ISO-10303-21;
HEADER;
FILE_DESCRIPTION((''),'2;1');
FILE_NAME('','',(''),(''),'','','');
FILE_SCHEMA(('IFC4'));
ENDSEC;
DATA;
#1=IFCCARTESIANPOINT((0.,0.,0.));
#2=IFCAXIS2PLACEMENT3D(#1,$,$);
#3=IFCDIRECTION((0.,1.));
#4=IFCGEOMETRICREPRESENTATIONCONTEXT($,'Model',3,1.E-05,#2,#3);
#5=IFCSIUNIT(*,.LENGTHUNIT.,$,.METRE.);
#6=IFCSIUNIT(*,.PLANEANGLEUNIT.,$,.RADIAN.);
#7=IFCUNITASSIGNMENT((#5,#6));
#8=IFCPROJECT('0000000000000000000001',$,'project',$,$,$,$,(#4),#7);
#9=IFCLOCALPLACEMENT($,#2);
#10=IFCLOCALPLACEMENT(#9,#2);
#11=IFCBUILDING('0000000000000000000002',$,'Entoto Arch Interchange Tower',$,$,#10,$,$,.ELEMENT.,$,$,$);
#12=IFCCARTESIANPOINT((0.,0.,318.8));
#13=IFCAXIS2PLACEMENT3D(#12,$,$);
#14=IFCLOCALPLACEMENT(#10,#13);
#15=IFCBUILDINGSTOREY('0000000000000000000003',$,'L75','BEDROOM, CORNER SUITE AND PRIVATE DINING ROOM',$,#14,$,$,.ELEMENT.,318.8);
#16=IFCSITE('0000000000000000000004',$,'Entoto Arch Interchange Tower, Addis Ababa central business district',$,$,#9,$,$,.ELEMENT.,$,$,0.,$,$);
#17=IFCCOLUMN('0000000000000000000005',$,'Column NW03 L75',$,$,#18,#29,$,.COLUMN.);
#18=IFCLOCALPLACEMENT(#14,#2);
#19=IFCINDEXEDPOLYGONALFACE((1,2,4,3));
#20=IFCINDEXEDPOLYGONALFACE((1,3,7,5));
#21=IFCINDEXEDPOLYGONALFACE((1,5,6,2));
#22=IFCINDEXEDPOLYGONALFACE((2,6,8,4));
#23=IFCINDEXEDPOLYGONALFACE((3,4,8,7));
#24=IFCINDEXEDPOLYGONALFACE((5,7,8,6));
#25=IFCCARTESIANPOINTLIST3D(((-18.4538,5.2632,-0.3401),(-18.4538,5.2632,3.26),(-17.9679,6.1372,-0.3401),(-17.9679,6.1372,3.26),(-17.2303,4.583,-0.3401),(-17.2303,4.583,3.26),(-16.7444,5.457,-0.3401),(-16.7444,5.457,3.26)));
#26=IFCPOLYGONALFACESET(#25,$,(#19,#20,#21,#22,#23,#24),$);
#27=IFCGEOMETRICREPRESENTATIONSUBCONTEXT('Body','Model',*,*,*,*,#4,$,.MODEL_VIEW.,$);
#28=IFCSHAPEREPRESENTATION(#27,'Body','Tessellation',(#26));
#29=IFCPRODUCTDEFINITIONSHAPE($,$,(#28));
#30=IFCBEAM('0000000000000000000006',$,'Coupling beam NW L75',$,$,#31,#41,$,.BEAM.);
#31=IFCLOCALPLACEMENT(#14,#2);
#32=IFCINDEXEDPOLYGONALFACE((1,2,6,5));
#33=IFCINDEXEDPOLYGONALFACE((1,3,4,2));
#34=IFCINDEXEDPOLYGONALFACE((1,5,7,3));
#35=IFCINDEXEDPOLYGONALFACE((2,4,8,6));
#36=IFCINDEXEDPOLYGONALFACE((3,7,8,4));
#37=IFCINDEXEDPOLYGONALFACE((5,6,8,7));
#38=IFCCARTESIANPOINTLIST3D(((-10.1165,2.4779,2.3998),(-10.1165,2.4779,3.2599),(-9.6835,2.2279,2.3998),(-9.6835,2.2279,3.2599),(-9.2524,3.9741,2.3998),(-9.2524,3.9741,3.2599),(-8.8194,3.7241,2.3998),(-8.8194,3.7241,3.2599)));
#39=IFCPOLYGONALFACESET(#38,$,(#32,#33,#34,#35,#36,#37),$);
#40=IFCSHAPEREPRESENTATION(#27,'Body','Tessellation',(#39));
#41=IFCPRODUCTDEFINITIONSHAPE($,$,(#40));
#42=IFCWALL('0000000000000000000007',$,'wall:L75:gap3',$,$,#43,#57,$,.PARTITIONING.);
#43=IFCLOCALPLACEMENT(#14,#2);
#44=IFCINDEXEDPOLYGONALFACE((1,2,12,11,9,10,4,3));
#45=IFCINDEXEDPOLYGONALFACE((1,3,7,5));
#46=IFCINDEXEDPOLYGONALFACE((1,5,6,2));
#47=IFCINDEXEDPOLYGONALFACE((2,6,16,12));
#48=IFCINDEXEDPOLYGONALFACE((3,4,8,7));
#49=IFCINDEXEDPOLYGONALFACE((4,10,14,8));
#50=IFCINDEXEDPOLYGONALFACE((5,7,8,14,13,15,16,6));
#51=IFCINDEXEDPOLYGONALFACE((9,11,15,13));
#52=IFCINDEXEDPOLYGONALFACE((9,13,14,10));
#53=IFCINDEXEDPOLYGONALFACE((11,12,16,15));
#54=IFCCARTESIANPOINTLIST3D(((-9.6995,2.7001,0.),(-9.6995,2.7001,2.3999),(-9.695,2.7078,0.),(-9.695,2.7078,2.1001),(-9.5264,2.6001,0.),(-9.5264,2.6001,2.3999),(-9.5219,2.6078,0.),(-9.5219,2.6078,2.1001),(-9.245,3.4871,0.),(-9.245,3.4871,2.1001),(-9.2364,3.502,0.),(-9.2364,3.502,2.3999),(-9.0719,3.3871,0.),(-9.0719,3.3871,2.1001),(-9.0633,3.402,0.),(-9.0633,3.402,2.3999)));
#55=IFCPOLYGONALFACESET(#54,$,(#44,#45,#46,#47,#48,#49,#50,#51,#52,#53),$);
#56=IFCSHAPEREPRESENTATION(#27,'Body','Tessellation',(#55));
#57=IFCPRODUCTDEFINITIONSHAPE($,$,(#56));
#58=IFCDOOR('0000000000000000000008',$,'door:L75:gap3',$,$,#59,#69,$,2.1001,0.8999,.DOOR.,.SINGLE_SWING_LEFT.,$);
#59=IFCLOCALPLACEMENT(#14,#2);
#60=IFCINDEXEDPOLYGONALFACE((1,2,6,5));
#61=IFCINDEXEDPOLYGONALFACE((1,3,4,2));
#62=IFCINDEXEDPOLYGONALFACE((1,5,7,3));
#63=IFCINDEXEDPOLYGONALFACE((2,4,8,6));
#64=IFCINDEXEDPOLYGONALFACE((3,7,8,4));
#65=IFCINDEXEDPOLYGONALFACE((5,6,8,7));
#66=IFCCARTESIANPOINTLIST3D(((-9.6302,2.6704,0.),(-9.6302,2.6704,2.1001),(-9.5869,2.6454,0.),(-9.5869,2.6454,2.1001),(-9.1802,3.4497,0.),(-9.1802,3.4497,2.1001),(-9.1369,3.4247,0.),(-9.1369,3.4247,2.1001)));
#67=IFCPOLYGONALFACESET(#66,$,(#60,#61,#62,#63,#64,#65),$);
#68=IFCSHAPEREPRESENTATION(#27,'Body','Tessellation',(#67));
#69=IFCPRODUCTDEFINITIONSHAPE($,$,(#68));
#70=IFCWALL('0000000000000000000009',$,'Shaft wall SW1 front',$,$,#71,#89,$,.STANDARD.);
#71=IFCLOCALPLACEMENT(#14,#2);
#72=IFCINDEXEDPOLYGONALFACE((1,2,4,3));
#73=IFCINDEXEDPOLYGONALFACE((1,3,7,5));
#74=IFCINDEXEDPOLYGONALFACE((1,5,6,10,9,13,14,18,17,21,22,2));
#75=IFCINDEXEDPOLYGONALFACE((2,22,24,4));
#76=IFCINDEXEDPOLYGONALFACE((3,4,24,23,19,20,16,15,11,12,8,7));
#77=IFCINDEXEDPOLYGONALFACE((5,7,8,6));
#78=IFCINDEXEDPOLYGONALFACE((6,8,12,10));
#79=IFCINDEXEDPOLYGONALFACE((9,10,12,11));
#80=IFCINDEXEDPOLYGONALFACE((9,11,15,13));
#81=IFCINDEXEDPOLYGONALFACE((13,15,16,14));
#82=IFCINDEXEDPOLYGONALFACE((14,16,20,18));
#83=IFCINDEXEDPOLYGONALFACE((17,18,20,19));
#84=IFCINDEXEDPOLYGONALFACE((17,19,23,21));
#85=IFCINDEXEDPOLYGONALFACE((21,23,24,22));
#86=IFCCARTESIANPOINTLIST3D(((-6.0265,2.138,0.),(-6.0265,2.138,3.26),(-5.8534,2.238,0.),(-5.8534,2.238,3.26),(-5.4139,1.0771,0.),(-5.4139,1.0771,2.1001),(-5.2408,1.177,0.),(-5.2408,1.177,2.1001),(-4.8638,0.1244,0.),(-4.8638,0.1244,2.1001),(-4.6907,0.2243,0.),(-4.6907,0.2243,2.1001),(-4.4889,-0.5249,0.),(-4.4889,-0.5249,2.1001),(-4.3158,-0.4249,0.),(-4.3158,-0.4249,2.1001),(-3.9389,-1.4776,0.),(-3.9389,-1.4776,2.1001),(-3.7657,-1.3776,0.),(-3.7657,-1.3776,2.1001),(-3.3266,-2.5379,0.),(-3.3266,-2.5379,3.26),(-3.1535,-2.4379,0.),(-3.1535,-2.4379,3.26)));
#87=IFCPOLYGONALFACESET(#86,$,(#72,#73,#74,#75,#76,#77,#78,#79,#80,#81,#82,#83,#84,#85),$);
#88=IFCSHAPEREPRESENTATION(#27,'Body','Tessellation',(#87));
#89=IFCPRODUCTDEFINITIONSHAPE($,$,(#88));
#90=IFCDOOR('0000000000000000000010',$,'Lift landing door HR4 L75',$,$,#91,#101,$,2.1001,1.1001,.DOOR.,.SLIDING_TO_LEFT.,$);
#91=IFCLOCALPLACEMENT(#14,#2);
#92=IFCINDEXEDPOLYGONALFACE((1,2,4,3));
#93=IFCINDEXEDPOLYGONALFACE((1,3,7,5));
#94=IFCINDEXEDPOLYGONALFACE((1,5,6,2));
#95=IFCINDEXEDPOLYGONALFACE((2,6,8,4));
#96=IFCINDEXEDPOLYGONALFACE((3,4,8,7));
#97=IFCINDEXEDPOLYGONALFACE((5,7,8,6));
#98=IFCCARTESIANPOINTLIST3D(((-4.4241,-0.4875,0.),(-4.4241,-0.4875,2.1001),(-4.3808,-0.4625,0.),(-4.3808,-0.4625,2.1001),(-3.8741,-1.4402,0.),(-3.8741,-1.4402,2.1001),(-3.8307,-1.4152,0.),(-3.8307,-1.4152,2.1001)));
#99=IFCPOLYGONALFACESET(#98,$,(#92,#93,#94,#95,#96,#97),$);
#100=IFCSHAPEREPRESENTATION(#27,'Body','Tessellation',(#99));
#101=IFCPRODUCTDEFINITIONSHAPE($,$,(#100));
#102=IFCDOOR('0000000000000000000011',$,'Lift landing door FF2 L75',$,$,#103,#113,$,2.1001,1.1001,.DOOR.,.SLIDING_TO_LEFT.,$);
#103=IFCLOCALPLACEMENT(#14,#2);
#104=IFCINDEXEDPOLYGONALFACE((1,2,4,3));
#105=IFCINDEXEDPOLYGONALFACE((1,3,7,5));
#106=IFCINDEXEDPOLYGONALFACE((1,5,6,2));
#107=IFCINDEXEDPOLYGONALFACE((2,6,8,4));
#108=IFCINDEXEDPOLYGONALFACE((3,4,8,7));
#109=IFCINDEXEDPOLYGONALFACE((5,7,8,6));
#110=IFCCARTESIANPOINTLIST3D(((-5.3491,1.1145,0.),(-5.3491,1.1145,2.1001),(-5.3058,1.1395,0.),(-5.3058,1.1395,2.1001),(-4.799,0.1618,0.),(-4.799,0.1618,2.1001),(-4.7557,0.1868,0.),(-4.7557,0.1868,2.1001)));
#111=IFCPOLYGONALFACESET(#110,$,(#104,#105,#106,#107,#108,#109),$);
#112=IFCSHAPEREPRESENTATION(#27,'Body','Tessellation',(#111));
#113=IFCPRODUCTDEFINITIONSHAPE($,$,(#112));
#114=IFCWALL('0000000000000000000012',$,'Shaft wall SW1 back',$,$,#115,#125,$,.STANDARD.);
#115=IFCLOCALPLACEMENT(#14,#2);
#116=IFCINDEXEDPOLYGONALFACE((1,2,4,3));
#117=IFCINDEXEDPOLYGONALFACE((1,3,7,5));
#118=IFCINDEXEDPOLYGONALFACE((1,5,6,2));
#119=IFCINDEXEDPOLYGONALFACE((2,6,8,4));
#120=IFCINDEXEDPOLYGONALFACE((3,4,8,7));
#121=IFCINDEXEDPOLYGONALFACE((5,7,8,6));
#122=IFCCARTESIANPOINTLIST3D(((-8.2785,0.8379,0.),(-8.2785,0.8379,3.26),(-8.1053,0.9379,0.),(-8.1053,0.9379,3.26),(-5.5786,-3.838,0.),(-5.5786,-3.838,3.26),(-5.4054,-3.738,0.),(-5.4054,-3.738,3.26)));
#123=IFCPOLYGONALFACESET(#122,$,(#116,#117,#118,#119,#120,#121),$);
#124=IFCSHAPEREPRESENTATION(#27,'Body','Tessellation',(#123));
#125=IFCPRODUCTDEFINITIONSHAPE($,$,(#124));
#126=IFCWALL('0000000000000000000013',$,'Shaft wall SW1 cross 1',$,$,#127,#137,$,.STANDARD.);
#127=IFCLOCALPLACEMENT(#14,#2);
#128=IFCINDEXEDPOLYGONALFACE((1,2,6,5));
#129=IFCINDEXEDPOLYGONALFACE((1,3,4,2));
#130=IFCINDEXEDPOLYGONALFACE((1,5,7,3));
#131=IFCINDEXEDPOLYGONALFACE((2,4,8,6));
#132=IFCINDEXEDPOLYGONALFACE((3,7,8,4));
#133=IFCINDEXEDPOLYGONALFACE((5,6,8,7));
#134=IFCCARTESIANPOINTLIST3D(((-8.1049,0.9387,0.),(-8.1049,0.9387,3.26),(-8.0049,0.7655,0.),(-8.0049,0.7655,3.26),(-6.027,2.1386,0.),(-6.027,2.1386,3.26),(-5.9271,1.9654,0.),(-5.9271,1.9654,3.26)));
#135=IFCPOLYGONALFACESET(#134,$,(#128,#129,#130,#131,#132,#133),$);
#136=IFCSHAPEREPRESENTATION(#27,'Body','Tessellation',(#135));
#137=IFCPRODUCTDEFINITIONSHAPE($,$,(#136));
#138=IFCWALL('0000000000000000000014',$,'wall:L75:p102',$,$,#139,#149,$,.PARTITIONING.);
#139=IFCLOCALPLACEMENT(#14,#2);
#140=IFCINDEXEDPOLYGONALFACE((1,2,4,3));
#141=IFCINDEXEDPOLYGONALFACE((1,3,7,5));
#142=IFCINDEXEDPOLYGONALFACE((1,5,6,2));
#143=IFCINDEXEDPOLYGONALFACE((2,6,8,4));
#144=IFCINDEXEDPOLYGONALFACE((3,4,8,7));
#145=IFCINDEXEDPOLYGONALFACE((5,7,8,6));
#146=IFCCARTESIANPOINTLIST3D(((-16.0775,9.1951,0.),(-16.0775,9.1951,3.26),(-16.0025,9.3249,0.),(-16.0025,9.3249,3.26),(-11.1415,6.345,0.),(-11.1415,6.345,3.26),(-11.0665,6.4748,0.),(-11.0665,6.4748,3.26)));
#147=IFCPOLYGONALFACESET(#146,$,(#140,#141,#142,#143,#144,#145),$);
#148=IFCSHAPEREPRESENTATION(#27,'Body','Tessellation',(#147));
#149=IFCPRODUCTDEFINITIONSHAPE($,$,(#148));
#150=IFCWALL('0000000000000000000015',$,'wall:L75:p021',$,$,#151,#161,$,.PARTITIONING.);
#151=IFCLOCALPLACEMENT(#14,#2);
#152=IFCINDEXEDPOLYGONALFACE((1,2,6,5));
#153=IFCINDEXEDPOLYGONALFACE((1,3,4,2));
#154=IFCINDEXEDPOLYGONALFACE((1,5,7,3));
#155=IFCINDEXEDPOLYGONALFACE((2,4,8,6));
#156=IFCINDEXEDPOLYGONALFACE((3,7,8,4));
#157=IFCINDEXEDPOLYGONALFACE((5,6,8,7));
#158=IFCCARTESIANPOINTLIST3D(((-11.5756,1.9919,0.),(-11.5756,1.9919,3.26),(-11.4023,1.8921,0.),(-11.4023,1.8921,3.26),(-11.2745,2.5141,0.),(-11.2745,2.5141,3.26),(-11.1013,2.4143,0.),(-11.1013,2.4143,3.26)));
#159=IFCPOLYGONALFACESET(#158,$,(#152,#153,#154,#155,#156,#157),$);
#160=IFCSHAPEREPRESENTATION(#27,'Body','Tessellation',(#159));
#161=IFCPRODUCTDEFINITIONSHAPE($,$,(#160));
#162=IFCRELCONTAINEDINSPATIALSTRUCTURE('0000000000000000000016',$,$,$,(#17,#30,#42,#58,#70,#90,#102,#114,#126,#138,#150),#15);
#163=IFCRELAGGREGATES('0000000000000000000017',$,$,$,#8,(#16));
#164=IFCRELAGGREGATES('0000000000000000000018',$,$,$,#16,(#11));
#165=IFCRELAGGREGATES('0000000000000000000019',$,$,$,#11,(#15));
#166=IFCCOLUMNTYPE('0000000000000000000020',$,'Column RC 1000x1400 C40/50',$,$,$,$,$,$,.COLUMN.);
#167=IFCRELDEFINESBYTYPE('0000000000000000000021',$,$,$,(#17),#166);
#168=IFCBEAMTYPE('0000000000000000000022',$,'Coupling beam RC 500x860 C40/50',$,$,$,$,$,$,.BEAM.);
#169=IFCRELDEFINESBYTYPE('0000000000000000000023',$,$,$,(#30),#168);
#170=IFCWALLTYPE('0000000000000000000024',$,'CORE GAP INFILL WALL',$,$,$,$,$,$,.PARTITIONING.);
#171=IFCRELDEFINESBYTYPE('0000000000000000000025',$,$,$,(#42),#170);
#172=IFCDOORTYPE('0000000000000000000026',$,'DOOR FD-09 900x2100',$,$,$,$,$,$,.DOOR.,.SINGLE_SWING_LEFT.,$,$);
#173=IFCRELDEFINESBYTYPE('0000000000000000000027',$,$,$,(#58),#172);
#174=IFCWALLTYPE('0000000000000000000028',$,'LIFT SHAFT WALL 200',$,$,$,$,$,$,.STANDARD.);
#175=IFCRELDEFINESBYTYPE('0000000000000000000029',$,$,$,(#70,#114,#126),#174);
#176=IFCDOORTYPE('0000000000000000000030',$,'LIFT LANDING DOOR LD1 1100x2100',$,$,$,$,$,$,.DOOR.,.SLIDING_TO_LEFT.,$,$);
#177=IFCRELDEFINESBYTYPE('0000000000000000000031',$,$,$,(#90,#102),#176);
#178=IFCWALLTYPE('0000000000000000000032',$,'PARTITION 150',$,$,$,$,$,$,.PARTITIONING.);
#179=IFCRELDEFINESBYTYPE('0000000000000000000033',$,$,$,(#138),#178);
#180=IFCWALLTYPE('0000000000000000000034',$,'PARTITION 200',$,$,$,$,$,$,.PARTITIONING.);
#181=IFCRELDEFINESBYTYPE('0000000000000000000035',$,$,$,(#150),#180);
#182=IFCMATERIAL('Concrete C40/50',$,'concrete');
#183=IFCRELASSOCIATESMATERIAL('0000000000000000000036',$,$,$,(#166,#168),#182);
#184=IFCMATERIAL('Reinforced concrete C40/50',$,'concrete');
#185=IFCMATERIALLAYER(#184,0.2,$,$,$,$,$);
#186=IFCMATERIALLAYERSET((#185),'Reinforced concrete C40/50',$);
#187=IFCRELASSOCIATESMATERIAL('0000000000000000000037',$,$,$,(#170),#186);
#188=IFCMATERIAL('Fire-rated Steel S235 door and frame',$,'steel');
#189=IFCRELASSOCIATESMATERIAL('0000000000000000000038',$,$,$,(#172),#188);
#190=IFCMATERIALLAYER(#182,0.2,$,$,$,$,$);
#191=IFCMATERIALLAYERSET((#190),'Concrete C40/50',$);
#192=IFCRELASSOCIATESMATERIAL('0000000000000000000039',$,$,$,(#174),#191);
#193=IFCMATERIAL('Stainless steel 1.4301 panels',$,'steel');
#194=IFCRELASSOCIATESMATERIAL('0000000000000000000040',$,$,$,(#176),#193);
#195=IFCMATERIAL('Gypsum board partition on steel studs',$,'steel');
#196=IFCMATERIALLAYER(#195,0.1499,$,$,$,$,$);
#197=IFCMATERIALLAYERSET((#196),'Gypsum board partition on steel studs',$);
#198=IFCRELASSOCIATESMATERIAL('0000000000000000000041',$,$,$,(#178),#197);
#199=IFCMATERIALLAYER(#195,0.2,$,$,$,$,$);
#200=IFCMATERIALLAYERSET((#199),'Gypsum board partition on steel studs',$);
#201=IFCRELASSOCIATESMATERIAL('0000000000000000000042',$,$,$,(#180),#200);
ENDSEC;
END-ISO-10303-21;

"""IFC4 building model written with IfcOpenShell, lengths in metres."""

from ifc_helpers import new_model, si_unit, direction, frame, frame_2d, origin, origin_2d, place, context, subcontext, project, spatial, rectangle, extrude, material, layer, layer_set, material_profile, profile_set, type_object, element, fill, save


model = new_model("IFC4")

# Units and contexts
model_context = context("Model", 3, precision=1e-05, world=origin(), true_north=direction((0.0, 1.0)))
body_context = subcontext(model_context, "Body", "Model", "MODEL_VIEW")
ifc_project = project(units=[si_unit("LENGTHUNIT", "METRE"), si_unit("PLANEANGLEUNIT", "RADIAN")], contexts=[model_context])

# Site, building, storey
site_placement = place(None, origin())
site = spatial("IfcSite", under=ifc_project, at=site_placement, Name="Entoto Arch Interchange Tower, Addis Ababa central business district", CompositionType="ELEMENT", RefElevation=0.0)
building_placement = place(site_placement, origin())
building = spatial("IfcBuilding", under=site, at=building_placement, Name="Entoto Arch Interchange Tower", CompositionType="ELEMENT")
storey_placement = place(building_placement, frame((0.0, 0.0, 318.8)))
storey = spatial("IfcBuildingStorey", under=building, at=storey_placement, Name="L75", Description="BEDROOM, CORNER SUITE AND PRIVATE DINING ROOM", CompositionType="ELEMENT", Elevation=318.8)

# Column
ifc_material_1 = material(Name="Concrete C40/50", Category="concrete")
ifc_material_profile_1 = material_profile(ifc_material_1, rectangle(XDim=1.0, YDim=1.3999, at=origin_2d()))
ifc_profile_set_1 = profile_set([ifc_material_profile_1], Name="Concrete C40/50")
column_type = type_object("IfcColumnType", Name="Column RC 1000x1400 C40/50", PredefinedType="COLUMN", material=ifc_profile_set_1)
column_placement = place(storey_placement, frame((-17.5991, 5.3601, -0.3401), z_axis=(0.0, 0.0, 1.0), x_axis=(0.485924, 0.874001, 0.0)))
element("IfcColumn", 1, at=column_placement, inside=storey, type_object=column_type, Name="Column NW03 L75", PredefinedType="COLUMN", context=body_context, shape_type="SweptSolid", body=[
    extrude(rectangle(XDim=1.0, YDim=1.3999, at=origin_2d()), origin(), (0.0, 0.0, 1.0), 3.6001),
])

# Beam
ifc_material_profile_2 = material_profile(ifc_material_1, rectangle(XDim=0.5, YDim=0.8601, at=origin_2d()))
ifc_profile_set_2 = profile_set([ifc_material_profile_2], Name="Concrete C40/50")
beam_type = type_object("IfcBeamType", Name="Coupling beam RC 500x860 C40/50", PredefinedType="BEAM", material=ifc_profile_set_2)
beam_placement = place(storey_placement, frame((-9.0359, 3.8491, 2.8298), z_axis=(-0.500106, -0.865964, 0.0), x_axis=(0.865964, -0.500106, 0.0)))
element("IfcBeam", 2, at=beam_placement, inside=storey, type_object=beam_type, Name="Coupling beam NW L75", PredefinedType="BEAM", context=body_context, shape_type="SweptSolid", body=[
    extrude(rectangle(XDim=0.5, YDim=0.8601, at=origin_2d()), origin(), (0.0, 0.0, 1.0), 1.7278),
])

# Wall, opening, door
ifc_material_2 = material(Name="Reinforced concrete C40/50", Category="concrete")
ifc_layer_1 = layer(ifc_material_2, 0.2)
ifc_layer_set_1 = layer_set([ifc_layer_1], Name="Reinforced concrete C40/50")
wall_type_1 = type_object("IfcWallType", Name="CORE GAP INFILL WALL", PredefinedType="PARTITIONING", material=ifc_layer_set_1)
wall_1_placement = place(storey_placement, frame((-9.1499, 3.4519, 0.0), z_axis=(0.0, 0.0, 1.0), x_axis=(-0.50008, -0.865979, 0.0)))
wall_1 = element("IfcWall", 3, at=wall_1_placement, inside=storey, type_object=wall_type_1, Name="wall:L75:gap3", PredefinedType="PARTITIONING", context=body_context, shape_type="SweptSolid", body=[
    extrude(rectangle(XDim=0.926, YDim=0.2, at=frame_2d((0.4629, 0.0))), origin(), (0.0, 0.0, 1.0), 2.3999),
])
opening_1_placement = place(wall_1_placement, frame((0.0171, 0.0, 0.0)))
opening_1 = element("IfcOpeningElement", 4, at=opening_1_placement, cuts=wall_1, PredefinedType="OPENING", context=body_context, shape_type="SweptSolid", body=[
    extrude(rectangle(XDim=0.8999, YDim=2.1001, at=frame_2d((0.45, 1.05))), frame((0.0, 0.1099, 0.0), z_axis=(0.0, -1.0, 0.0), x_axis=(1.0, 0.0, 0.0)), (0.0, 0.0, 1.0), 0.22),
])
ifc_material_3 = material(Name="Fire-rated Steel S235 door and frame", Category="steel")
door_type_1 = type_object("IfcDoorType", Name="DOOR FD-09 900x2100", OperationType="SINGLE_SWING_LEFT", PredefinedType="DOOR", material=ifc_material_3)
door_1_placement = place(opening_1_placement, origin())
door_1 = element("IfcDoor", 5, at=door_1_placement, inside=storey, type_object=door_type_1, Name="door:L75:gap3", OperationType="SINGLE_SWING_LEFT", OverallHeight=2.1001, OverallWidth=0.8999, PredefinedType="DOOR", context=body_context, shape_type="SweptSolid", body=[
    extrude(rectangle(XDim=0.8999, YDim=2.1001, at=frame_2d((0.45, 1.05))), frame((0.0, 0.0249, 0.0), z_axis=(0.0, -1.0, 0.0), x_axis=(1.0, 0.0, 0.0)), (0.0, 0.0, 1.0), 0.05),
])
fill(opening_1, door_1)

# Wall, openings, doors
ifc_layer_2 = layer(ifc_material_1, 0.2)
ifc_layer_set_2 = layer_set([ifc_layer_2], Name="Concrete C40/50")
wall_type_2 = type_object("IfcWallType", Name="LIFT SHAFT WALL 200", PredefinedType="STANDARD", material=ifc_layer_set_2)
wall_2_placement = place(storey_placement, frame((-5.9399, 2.188, 0.0), z_axis=(0.0, 0.0, 1.0), x_axis=(0.500034, -0.866006, 0.0)))
wall_2 = element("IfcWall", 6, at=wall_2_placement, inside=storey, type_object=wall_type_2, Name="Shaft wall SW1 front", PredefinedType="STANDARD", context=body_context, shape_type="SweptSolid", body=[
    extrude(rectangle(XDim=5.3994, YDim=0.2, at=frame_2d((2.6997, 0.0))), origin(), (0.0, 0.0, 1.0), 3.26),
])
opening_2_placement = place(wall_2_placement, frame((3.075, 0.0, 0.0)))
opening_2 = element("IfcOpeningElement", 7, at=opening_2_placement, cuts=wall_2, PredefinedType="OPENING", context=body_context, shape_type="SweptSolid", body=[
    extrude(rectangle(XDim=1.1001, YDim=2.1001, at=frame_2d((0.55, 1.05))), frame((0.0, 0.1099, 0.0), z_axis=(0.0, -1.0, 0.0), x_axis=(1.0, 0.0, 0.0)), (0.0, 0.0, 1.0), 0.22),
])
opening_3_placement = place(wall_2_placement, frame((1.2251, 0.0, 0.0)))
opening_3 = element("IfcOpeningElement", 8, at=opening_3_placement, cuts=wall_2, PredefinedType="OPENING", context=body_context, shape_type="SweptSolid", body=[
    extrude(rectangle(XDim=1.1001, YDim=2.1001, at=frame_2d((0.55, 1.05))), frame((0.0, 0.1099, 0.0), z_axis=(0.0, -1.0, 0.0), x_axis=(1.0, 0.0, 0.0)), (0.0, 0.0, 1.0), 0.22),
])
ifc_material_4 = material(Name="Stainless steel 1.4301 panels", Category="steel")
door_type_2 = type_object("IfcDoorType", Name="LIFT LANDING DOOR LD1 1100x2100", OperationType="SLIDING_TO_LEFT", PredefinedType="DOOR", material=ifc_material_4)
door_2_placement = place(opening_2_placement, origin())
door_2 = element("IfcDoor", 9, at=door_2_placement, inside=storey, type_object=door_type_2, Name="Lift landing door HR4 L75", OperationType="SLIDING_TO_LEFT", OverallHeight=2.1001, OverallWidth=1.1001, PredefinedType="DOOR", context=body_context, shape_type="SweptSolid", body=[
    extrude(rectangle(XDim=1.1001, YDim=2.1001, at=frame_2d((0.55, 1.05))), frame((0.0, 0.0249, 0.0), z_axis=(0.0, -1.0, 0.0), x_axis=(1.0, 0.0, 0.0)), (0.0, 0.0, 1.0), 0.05),
])
fill(opening_2, door_2)
door_3_placement = place(opening_3_placement, origin())
door_3 = element("IfcDoor", 10, at=door_3_placement, inside=storey, type_object=door_type_2, Name="Lift landing door FF2 L75", OperationType="SLIDING_TO_LEFT", OverallHeight=2.1001, OverallWidth=1.1001, PredefinedType="DOOR", context=body_context, shape_type="SweptSolid", body=[
    extrude(rectangle(XDim=1.1001, YDim=2.1001, at=frame_2d((0.55, 1.05))), frame((0.0, 0.0249, 0.0), z_axis=(0.0, -1.0, 0.0), x_axis=(1.0, 0.0, 0.0)), (0.0, 0.0, 1.0), 0.05),
])
fill(opening_3, door_3)

# Walls
wall_3_placement = place(storey_placement, frame((-8.1919, 0.8879, 0.0), z_axis=(0.0, 0.0, 1.0), x_axis=(0.500034, -0.866006, 0.0)))
element("IfcWall", 11, at=wall_3_placement, inside=storey, type_object=wall_type_2, Name="Shaft wall SW1 back", PredefinedType="STANDARD", context=body_context, shape_type="SweptSolid", body=[
    extrude(rectangle(XDim=5.3994, YDim=0.2, at=frame_2d((2.6997, 0.0))), origin(), (0.0, 0.0, 1.0), 3.26),
])
wall_4_placement = place(storey_placement, frame((-5.9771, 2.052, 0.0), z_axis=(0.0, 0.0, 1.0), x_axis=(-0.865974, -0.500089, 0.0)))
element("IfcWall", 12, at=wall_4_placement, inside=storey, type_object=wall_type_2, Name="Shaft wall SW1 cross 1", PredefinedType="STANDARD", context=body_context, shape_type="SweptSolid", body=[
    extrude(rectangle(XDim=2.3994, YDim=0.2, at=frame_2d((1.1997, 0.0))), origin(), (0.0, 0.0, 1.0), 3.26),
])
ifc_material_5 = material(Name="Gypsum board partition on steel studs", Category="steel")
ifc_layer_3 = layer(ifc_material_5, 0.1499)
ifc_layer_set_3 = layer_set([ifc_layer_3], Name="Gypsum board partition on steel studs")
wall_type_3 = type_object("IfcWallType", Name="PARTITION 150", PredefinedType="PARTITIONING", material=ifc_layer_set_3)
wall_5_placement = place(storey_placement, frame((-11.104, 6.4099, 0.0), z_axis=(0.0, 0.0, 1.0), x_axis=(-0.866004, 0.500036, 0.0)))
element("IfcWall", 13, at=wall_5_placement, inside=storey, type_object=wall_type_3, Name="wall:L75:p102", PredefinedType="PARTITIONING", context=body_context, shape_type="SweptSolid", body=[
    extrude(rectangle(XDim=5.6997, YDim=0.1499, at=frame_2d((2.8499, 0.0))), origin(), (0.0, 0.0, 1.0), 3.26),
])
ifc_layer_4 = layer(ifc_material_5, 0.2)
ifc_layer_set_4 = layer_set([ifc_layer_4], Name="Gypsum board partition on steel studs")
wall_type_4 = type_object("IfcWallType", Name="PARTITION 200", PredefinedType="PARTITIONING", material=ifc_layer_set_4)
wall_6_placement = place(storey_placement, frame((-11.188, 2.4641, 0.0), z_axis=(0.0, 0.0, 1.0), x_axis=(-0.499407, -0.866368, 0.0)))
element("IfcWall", 14, at=wall_6_placement, inside=storey, type_object=wall_type_4, Name="wall:L75:p021", PredefinedType="PARTITIONING", context=body_context, shape_type="SweptSolid", body=[
    extrude(rectangle(XDim=0.6028, YDim=0.2, at=frame_2d((0.3013, 0.0))), origin(), (0.0, 0.0, 1.0), 3.26),
])

save(model, "model.ifc")
